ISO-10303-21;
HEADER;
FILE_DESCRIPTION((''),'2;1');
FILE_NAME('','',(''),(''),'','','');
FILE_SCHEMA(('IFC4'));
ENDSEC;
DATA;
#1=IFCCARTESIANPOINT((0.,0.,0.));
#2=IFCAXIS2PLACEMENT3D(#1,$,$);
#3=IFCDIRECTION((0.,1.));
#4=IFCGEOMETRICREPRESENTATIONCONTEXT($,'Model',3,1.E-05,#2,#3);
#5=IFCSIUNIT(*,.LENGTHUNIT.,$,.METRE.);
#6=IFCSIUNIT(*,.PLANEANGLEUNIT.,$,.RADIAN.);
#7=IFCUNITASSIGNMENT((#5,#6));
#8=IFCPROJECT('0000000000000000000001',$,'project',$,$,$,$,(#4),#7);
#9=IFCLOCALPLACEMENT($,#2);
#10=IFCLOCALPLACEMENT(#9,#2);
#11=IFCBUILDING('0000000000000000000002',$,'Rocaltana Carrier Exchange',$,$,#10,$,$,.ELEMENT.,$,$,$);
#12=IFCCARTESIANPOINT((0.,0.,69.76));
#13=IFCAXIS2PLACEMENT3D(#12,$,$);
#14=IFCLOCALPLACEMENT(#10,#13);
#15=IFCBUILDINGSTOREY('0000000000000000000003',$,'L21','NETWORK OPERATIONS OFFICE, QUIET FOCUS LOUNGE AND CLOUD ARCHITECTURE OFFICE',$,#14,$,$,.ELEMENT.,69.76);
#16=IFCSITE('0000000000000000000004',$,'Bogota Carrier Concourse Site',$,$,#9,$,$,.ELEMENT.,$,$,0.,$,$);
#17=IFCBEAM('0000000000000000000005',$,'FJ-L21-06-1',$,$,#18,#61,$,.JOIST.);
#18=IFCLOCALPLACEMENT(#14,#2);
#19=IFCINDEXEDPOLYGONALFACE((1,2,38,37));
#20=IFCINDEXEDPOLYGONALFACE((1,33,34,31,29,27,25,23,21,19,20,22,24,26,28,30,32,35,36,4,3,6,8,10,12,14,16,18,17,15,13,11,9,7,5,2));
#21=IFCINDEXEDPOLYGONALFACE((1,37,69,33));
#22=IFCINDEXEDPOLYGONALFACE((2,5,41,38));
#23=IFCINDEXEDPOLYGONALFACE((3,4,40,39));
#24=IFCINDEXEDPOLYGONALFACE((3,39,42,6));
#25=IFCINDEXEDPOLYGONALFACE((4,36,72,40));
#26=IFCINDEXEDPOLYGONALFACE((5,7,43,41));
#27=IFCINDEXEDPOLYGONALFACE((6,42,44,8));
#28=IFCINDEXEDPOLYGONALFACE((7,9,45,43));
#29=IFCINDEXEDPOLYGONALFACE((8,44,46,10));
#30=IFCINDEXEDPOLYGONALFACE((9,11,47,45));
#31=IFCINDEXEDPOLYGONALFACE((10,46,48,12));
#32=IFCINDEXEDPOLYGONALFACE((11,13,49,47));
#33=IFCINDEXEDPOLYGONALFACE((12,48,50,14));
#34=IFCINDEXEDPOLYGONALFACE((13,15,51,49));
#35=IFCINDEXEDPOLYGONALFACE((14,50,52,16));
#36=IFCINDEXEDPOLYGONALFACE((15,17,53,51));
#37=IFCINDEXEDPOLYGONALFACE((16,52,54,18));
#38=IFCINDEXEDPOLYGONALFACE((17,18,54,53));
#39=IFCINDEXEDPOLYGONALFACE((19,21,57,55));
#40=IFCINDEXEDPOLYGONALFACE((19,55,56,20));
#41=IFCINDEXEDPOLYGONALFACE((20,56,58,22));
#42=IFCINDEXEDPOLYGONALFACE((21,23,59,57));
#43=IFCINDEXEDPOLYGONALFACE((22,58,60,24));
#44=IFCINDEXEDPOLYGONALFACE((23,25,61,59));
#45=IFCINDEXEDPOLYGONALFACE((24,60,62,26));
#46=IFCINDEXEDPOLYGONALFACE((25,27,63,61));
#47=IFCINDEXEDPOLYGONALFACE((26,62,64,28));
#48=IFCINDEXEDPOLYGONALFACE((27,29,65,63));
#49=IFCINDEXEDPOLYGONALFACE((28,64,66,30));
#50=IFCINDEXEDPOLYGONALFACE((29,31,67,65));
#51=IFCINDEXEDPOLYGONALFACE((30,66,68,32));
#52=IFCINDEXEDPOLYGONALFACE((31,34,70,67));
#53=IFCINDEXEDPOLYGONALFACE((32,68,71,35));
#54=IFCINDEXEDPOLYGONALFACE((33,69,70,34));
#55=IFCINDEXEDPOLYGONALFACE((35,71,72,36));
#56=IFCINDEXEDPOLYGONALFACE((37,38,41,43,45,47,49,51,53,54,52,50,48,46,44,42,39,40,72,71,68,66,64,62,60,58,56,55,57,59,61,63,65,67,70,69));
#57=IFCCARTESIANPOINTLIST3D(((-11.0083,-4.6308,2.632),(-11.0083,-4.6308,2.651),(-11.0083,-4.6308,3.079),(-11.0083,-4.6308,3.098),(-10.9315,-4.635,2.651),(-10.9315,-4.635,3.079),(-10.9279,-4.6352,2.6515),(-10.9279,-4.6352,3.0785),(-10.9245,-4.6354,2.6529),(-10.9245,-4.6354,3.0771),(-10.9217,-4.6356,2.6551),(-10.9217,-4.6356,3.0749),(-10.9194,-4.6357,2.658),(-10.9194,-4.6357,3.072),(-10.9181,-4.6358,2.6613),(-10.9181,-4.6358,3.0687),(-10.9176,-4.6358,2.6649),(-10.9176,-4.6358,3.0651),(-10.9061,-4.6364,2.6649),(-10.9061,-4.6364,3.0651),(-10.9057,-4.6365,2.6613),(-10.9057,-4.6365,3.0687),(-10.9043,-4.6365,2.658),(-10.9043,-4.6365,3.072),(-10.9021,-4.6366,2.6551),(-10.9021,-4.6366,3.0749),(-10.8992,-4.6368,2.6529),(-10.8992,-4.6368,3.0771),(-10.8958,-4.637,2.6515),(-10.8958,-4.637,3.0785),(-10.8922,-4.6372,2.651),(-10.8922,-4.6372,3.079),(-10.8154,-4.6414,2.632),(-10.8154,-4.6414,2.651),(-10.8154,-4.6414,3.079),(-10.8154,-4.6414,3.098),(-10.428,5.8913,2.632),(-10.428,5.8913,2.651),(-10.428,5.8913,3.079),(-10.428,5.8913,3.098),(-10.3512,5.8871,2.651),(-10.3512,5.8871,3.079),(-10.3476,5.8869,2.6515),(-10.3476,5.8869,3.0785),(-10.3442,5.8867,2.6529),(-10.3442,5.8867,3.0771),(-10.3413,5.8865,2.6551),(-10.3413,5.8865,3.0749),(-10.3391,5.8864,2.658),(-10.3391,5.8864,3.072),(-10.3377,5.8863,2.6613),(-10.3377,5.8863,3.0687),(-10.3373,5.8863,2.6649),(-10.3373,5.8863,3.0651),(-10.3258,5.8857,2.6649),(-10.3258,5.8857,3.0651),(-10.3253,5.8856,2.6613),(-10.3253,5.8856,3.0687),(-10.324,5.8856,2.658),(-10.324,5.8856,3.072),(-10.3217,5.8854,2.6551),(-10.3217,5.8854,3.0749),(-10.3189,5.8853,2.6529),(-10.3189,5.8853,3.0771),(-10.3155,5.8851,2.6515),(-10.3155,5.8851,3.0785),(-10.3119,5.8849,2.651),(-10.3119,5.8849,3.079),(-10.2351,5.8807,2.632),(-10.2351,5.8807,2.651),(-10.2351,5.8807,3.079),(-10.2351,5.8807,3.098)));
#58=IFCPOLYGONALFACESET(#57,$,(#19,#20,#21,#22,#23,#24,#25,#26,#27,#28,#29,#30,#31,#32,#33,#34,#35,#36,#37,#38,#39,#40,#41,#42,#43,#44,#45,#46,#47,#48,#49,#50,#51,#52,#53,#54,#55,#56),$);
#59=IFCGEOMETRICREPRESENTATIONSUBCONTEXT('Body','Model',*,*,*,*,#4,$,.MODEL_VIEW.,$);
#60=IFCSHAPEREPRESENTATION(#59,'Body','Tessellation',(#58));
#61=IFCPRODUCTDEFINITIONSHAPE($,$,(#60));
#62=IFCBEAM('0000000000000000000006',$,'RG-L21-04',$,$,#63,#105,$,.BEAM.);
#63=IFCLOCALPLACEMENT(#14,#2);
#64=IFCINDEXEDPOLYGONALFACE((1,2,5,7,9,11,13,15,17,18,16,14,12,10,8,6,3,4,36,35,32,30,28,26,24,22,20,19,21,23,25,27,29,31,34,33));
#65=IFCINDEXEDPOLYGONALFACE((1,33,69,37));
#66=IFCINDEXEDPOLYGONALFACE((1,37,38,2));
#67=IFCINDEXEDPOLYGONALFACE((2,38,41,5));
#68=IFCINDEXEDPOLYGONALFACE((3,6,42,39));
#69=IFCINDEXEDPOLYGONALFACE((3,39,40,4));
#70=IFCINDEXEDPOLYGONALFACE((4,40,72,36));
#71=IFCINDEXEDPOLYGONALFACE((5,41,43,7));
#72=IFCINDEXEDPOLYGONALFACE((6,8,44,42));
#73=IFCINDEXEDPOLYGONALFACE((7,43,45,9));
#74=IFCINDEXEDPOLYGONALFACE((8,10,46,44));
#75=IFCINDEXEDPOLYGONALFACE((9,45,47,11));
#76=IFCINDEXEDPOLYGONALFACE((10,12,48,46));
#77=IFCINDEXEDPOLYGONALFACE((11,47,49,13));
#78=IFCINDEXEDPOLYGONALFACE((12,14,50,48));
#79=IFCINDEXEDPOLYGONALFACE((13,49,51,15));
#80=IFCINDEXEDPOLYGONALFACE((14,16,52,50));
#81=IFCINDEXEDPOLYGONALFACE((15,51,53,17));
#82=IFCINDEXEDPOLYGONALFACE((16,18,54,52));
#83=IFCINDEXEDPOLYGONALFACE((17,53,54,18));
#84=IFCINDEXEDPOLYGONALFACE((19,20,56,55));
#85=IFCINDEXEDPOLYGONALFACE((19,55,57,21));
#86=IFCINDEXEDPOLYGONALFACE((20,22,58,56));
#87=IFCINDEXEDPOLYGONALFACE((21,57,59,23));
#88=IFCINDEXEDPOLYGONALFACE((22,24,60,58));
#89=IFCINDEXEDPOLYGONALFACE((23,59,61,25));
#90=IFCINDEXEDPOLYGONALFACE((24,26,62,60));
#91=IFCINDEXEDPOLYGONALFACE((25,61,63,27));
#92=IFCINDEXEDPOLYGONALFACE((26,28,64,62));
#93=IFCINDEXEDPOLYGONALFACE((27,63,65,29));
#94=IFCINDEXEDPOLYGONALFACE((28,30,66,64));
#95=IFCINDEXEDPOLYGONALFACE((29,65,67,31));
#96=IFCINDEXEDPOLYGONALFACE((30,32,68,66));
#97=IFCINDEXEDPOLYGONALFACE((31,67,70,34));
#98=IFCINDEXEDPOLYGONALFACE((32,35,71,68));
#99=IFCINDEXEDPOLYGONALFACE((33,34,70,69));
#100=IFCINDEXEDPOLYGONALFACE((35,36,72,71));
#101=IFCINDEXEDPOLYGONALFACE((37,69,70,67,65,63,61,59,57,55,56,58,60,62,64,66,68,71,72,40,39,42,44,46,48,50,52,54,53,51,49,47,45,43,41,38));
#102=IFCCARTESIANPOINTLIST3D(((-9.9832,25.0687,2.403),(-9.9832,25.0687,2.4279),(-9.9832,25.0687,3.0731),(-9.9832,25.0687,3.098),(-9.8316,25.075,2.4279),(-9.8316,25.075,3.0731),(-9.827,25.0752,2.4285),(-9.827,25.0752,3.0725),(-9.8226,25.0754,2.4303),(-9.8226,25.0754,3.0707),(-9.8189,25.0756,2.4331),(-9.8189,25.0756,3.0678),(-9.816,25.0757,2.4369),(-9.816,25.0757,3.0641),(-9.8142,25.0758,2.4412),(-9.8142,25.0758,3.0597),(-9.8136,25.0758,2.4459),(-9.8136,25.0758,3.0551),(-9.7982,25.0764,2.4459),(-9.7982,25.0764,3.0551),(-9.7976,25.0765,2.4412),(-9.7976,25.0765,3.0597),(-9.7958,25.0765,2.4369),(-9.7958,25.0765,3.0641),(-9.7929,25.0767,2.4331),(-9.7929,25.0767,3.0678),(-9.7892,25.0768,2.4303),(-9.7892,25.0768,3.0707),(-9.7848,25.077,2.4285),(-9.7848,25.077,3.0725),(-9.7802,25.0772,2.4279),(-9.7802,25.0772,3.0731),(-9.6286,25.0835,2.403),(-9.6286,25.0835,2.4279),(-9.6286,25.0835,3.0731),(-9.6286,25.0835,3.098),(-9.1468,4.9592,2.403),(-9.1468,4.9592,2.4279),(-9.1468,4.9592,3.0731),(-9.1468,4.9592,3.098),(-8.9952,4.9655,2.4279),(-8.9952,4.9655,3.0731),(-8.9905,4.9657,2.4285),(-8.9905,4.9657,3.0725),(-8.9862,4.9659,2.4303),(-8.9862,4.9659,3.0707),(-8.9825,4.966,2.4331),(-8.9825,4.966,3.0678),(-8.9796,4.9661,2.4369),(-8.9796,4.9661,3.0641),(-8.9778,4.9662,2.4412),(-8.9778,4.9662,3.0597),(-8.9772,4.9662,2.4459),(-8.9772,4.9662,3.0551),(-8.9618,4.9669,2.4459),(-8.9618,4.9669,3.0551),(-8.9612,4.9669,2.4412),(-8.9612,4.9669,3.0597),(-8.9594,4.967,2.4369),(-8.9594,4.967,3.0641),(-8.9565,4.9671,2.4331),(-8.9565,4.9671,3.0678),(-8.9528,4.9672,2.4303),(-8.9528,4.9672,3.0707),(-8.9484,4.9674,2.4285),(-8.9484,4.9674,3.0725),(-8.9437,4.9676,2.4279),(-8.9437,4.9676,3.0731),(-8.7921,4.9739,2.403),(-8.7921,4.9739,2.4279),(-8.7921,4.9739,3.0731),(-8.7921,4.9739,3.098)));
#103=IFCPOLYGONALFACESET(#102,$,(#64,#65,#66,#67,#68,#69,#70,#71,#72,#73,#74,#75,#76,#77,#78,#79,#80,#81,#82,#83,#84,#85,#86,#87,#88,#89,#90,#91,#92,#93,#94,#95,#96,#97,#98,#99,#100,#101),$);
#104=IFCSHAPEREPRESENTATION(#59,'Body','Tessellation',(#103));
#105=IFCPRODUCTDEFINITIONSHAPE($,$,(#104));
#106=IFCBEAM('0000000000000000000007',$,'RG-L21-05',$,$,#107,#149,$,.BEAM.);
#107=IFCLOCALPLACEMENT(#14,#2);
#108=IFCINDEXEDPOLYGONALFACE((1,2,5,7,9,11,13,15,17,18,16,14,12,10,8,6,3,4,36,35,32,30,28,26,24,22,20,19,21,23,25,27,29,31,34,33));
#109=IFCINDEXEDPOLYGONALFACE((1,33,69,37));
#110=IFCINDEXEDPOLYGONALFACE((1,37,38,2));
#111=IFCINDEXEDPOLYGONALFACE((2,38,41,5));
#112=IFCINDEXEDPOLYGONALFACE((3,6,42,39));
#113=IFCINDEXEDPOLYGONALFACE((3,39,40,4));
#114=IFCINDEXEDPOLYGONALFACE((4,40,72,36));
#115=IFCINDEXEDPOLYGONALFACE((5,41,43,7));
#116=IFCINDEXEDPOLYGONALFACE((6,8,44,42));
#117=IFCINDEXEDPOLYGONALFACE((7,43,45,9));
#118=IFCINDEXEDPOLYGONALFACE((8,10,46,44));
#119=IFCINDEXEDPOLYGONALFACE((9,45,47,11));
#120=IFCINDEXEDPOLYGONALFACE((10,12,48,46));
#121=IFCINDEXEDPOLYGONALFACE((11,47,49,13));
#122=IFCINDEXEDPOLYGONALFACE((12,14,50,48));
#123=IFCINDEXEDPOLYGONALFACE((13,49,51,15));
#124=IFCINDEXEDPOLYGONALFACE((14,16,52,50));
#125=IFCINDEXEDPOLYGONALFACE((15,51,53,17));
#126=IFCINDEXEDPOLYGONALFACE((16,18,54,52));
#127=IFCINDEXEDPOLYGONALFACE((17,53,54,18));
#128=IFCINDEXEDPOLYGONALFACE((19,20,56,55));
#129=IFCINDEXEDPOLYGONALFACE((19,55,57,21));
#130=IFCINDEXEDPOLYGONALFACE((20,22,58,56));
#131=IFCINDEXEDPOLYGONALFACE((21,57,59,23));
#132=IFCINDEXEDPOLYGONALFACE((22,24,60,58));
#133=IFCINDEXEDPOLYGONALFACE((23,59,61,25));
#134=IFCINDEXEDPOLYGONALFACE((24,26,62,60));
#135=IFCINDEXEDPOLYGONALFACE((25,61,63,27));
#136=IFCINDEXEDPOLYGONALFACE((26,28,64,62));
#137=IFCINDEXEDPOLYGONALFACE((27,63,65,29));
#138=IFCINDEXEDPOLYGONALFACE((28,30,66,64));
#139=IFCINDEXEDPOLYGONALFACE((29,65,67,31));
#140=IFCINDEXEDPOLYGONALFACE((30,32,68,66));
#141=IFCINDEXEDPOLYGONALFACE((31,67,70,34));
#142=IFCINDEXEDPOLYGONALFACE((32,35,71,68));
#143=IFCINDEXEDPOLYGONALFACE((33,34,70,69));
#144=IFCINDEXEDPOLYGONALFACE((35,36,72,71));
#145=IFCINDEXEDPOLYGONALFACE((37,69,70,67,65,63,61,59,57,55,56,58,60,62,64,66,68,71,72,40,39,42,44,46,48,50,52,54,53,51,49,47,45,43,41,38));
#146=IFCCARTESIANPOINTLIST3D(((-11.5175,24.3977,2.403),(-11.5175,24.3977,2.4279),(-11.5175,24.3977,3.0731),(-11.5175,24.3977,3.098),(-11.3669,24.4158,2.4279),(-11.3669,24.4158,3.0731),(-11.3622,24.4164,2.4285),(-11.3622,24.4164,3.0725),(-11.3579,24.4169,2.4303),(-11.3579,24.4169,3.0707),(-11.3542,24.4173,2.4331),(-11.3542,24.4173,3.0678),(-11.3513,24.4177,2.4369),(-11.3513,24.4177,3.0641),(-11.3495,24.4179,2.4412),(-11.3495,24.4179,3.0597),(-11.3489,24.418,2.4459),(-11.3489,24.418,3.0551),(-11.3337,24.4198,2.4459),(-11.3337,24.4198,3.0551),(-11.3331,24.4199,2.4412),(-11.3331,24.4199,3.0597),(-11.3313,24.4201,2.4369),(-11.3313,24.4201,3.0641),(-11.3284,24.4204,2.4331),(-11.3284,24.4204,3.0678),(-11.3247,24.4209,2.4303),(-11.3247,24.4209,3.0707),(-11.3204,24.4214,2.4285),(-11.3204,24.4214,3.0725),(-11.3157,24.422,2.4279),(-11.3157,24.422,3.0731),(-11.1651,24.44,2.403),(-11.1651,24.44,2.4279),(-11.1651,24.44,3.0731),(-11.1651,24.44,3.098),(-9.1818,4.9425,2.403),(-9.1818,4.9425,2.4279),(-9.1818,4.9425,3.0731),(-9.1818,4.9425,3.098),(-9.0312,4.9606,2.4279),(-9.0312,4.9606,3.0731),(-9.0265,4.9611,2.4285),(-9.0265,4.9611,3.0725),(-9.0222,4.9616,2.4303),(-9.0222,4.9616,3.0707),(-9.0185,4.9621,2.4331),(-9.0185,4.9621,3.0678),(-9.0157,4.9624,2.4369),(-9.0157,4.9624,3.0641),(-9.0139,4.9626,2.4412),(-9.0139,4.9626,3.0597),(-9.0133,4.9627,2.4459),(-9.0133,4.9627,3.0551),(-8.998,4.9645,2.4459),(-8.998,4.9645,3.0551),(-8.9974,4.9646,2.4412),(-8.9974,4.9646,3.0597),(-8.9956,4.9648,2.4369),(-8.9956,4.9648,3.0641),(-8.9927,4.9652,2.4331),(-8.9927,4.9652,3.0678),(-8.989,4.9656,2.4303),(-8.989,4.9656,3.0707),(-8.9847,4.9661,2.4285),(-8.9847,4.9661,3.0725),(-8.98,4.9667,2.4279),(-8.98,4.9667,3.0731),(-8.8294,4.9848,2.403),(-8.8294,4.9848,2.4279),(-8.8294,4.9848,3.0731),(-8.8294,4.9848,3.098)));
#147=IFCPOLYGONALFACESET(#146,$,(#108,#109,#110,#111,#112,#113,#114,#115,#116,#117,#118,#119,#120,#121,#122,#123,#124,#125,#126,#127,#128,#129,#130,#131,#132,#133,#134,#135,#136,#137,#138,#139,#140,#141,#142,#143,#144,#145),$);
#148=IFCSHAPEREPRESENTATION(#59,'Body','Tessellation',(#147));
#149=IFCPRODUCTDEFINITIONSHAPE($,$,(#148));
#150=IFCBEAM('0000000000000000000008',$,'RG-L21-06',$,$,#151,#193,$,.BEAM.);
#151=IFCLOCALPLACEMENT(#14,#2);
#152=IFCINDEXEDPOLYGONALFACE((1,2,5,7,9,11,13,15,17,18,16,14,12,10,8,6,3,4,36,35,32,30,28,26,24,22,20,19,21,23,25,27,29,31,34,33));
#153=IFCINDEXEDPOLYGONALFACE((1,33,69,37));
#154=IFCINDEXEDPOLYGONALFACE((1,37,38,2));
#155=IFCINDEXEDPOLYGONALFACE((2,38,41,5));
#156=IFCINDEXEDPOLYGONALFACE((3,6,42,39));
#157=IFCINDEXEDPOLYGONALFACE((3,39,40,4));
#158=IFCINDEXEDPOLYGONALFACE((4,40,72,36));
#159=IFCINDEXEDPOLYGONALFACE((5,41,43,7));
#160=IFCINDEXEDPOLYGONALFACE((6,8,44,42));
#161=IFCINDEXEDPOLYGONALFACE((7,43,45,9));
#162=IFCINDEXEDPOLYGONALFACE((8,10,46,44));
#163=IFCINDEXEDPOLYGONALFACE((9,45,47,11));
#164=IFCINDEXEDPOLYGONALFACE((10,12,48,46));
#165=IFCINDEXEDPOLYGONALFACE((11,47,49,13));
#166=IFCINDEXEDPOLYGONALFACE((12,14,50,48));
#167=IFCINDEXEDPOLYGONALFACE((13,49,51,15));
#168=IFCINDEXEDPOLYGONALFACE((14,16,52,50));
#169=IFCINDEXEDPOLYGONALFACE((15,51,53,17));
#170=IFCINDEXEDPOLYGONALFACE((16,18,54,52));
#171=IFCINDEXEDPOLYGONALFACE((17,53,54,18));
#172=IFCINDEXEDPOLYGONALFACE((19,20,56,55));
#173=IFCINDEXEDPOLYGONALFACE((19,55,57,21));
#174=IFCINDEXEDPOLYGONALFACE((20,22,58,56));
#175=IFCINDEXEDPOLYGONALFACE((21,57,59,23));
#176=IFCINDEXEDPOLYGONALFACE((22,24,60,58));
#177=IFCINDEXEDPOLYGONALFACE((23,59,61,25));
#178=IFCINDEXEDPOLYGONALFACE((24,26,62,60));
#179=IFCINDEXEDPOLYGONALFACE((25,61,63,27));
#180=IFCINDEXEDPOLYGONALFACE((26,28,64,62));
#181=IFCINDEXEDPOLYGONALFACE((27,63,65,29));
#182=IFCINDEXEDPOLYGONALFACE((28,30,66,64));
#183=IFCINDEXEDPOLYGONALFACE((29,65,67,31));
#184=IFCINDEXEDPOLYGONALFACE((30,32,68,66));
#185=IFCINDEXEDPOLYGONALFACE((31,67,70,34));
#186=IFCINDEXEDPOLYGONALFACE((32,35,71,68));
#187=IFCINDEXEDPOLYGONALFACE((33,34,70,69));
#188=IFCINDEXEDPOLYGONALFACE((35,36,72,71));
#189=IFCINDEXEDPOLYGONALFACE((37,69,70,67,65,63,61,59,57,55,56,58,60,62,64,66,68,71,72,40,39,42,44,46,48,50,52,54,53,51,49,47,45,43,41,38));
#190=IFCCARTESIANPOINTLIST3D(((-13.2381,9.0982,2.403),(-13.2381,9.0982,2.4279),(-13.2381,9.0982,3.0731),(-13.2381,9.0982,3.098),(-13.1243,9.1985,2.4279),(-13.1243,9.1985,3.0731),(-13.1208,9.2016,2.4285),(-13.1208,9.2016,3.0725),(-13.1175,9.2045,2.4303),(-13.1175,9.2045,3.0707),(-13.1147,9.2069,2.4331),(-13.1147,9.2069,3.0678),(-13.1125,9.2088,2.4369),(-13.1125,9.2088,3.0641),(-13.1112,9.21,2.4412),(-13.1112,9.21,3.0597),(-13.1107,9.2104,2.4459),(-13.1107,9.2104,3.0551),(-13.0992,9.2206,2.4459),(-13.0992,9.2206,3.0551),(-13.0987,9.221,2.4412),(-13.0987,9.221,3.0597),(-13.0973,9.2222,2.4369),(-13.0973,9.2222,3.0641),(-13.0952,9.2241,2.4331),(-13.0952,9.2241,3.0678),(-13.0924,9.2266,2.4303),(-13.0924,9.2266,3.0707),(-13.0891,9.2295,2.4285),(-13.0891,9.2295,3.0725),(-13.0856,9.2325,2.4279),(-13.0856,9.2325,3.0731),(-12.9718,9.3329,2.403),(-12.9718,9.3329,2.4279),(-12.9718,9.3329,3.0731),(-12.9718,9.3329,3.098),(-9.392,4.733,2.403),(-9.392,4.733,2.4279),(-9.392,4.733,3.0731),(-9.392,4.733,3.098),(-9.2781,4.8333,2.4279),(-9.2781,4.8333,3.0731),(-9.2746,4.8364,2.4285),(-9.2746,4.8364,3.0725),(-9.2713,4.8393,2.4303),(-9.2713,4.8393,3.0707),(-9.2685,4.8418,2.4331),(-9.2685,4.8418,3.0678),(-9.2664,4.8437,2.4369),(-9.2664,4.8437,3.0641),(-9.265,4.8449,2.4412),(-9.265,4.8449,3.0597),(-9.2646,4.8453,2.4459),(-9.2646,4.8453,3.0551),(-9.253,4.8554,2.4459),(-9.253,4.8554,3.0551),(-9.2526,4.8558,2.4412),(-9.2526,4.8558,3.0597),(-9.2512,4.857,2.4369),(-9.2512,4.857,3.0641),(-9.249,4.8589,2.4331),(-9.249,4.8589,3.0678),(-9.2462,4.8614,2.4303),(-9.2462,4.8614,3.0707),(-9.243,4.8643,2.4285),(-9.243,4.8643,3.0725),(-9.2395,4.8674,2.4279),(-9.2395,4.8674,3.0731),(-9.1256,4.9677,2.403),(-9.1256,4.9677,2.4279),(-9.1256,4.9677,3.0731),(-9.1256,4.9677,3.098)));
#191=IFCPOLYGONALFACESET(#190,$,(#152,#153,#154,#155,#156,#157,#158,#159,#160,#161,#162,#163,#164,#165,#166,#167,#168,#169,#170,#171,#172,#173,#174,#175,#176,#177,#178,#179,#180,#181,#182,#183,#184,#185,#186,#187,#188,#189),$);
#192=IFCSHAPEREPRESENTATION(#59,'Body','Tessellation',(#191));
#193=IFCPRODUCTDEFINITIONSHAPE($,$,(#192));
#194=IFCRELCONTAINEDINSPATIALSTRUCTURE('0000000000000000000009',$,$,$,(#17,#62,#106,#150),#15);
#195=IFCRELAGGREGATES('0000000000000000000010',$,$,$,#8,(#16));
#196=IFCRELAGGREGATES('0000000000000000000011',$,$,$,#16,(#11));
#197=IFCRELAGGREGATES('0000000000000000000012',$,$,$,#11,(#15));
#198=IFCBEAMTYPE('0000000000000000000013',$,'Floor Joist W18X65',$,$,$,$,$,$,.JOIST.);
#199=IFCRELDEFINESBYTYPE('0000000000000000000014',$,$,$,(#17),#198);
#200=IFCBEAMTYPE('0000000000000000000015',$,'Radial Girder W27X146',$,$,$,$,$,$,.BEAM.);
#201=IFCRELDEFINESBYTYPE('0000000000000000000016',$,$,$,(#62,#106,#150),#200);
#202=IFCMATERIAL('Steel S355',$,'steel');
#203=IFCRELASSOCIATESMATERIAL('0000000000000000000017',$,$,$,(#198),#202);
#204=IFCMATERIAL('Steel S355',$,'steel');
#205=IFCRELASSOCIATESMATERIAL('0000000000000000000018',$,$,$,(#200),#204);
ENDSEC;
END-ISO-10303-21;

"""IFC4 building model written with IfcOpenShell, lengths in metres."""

from ifc_helpers import new_model, si_unit, direction, frame, origin, origin_2d, place, context, subcontext, project, spatial, i_section, extrude, material, material_profile, profile_set, type_object, element, save


model = new_model("IFC4")

# Units and contexts
model_context = context("Model", 3, precision=1e-05, world=origin(), true_north=direction((0.0, 1.0)))
body_context = subcontext(model_context, "Body", "Model", "MODEL_VIEW")
ifc_project = project(units=[si_unit("LENGTHUNIT", "METRE"), si_unit("PLANEANGLEUNIT", "RADIAN")], contexts=[model_context])

# Site, building, storey
site_placement = place(None, origin())
site = spatial("IfcSite", under=ifc_project, at=site_placement, Name="Bogota Carrier Concourse Site", CompositionType="ELEMENT", RefElevation=0.0)
building_placement = place(site_placement, origin())
building = spatial("IfcBuilding", under=site, at=building_placement, Name="Rocaltana Carrier Exchange", CompositionType="ELEMENT")
storey_placement = place(building_placement, frame((0.0, 0.0, 69.76)))
storey = spatial("IfcBuildingStorey", under=building, at=storey_placement, Name="L21", Description="NETWORK OPERATIONS OFFICE, QUIET FOCUS LOUNGE AND CLOUD ARCHITECTURE OFFICE", CompositionType="ELEMENT", Elevation=69.76)

# Beams
ifc_material_1 = material(Name="Steel S355", Category="steel")
ifc_material_profile_1 = material_profile(ifc_material_1, i_section(OverallWidth=0.1931, OverallDepth=0.4661, WebThickness=0.0115, FlangeThickness=0.019, FilletRadius=0.0139, at=origin_2d()), Name="W18X65")
ifc_profile_set_1 = profile_set([ifc_material_profile_1], Name="Steel S355")
beam_type_1 = type_object("IfcBeamType", Name="Floor Joist W18X65", PredefinedType="JOIST", material=ifc_profile_set_1)
beam_1_placement = place(storey_placement, frame((-10.3315, 5.886, 2.865), z_axis=(-0.055068, -0.998483, 0.0), x_axis=(0.998483, -0.055068, 0.0)))
element("IfcBeam", 1, at=beam_1_placement, inside=storey, type_object=beam_type_1, Name="FJ-L21-06-1", PredefinedType="JOIST", context=body_context, shape_type="SweptSolid", body=[
    extrude(i_section(OverallWidth=0.1931, OverallDepth=0.4661, WebThickness=0.0115, FlangeThickness=0.019, FilletRadius=0.0139, at=origin_2d()), origin(), (0.0, 0.0, 1.0), 10.5381),
])
ifc_material_2 = material(Name="Steel S355", Category="steel")
ifc_material_profile_2 = material_profile(ifc_material_2, i_section(OverallWidth=0.355, OverallDepth=0.6951, WebThickness=0.0154, FlangeThickness=0.0249, FilletRadius=0.0181, at=origin_2d()), Name="W27X146")
ifc_profile_set_2 = profile_set([ifc_material_profile_2], Name="Steel S355")
beam_type_2 = type_object("IfcBeamType", Name="Radial Girder W27X146", PredefinedType="BEAM", material=ifc_profile_set_2)
beam_2_placement = place(storey_placement, frame((-8.9695, 4.9666, 2.7505), z_axis=(-0.041557, 0.999136, 0.0), x_axis=(-0.999136, -0.041557, 0.0)))
element("IfcBeam", 2, at=beam_2_placement, inside=storey, type_object=beam_type_2, Name="RG-L21-04", PredefinedType="BEAM", context=body_context, shape_type="SweptSolid", body=[
    extrude(i_section(OverallWidth=0.355, OverallDepth=0.6951, WebThickness=0.0154, FlangeThickness=0.0249, FilletRadius=0.0181, at=origin_2d()), origin(), (0.0, 0.0, 1.0), 20.127),
])
beam_3_placement = place(storey_placement, frame((-9.0056, 4.9636, 2.7505), z_axis=(-0.119198, 0.99287, 0.0), x_axis=(-0.99287, -0.119198, 0.0)))
element("IfcBeam", 3, at=beam_3_placement, inside=storey, type_object=beam_type_2, Name="RG-L21-05", PredefinedType="BEAM", context=body_context, shape_type="SweptSolid", body=[
    extrude(i_section(OverallWidth=0.355, OverallDepth=0.6951, WebThickness=0.0154, FlangeThickness=0.0249, FilletRadius=0.0181, at=origin_2d()), origin(), (0.0, 0.0, 1.0), 19.595),
])
beam_4_placement = place(storey_placement, frame((-9.2588, 4.8503, 2.7505), z_axis=(-0.661091, 0.750305, 0.0), x_axis=(-0.750305, -0.661091, 0.0)))
element("IfcBeam", 4, at=beam_4_placement, inside=storey, type_object=beam_type_2, Name="RG-L21-06", PredefinedType="BEAM", context=body_context, shape_type="SweptSolid", body=[
    extrude(i_section(OverallWidth=0.355, OverallDepth=0.6951, WebThickness=0.0154, FlangeThickness=0.0249, FilletRadius=0.0181, at=origin_2d()), origin(), (0.0, 0.0, 1.0), 5.8179),
])

save(model, "model.ifc")
